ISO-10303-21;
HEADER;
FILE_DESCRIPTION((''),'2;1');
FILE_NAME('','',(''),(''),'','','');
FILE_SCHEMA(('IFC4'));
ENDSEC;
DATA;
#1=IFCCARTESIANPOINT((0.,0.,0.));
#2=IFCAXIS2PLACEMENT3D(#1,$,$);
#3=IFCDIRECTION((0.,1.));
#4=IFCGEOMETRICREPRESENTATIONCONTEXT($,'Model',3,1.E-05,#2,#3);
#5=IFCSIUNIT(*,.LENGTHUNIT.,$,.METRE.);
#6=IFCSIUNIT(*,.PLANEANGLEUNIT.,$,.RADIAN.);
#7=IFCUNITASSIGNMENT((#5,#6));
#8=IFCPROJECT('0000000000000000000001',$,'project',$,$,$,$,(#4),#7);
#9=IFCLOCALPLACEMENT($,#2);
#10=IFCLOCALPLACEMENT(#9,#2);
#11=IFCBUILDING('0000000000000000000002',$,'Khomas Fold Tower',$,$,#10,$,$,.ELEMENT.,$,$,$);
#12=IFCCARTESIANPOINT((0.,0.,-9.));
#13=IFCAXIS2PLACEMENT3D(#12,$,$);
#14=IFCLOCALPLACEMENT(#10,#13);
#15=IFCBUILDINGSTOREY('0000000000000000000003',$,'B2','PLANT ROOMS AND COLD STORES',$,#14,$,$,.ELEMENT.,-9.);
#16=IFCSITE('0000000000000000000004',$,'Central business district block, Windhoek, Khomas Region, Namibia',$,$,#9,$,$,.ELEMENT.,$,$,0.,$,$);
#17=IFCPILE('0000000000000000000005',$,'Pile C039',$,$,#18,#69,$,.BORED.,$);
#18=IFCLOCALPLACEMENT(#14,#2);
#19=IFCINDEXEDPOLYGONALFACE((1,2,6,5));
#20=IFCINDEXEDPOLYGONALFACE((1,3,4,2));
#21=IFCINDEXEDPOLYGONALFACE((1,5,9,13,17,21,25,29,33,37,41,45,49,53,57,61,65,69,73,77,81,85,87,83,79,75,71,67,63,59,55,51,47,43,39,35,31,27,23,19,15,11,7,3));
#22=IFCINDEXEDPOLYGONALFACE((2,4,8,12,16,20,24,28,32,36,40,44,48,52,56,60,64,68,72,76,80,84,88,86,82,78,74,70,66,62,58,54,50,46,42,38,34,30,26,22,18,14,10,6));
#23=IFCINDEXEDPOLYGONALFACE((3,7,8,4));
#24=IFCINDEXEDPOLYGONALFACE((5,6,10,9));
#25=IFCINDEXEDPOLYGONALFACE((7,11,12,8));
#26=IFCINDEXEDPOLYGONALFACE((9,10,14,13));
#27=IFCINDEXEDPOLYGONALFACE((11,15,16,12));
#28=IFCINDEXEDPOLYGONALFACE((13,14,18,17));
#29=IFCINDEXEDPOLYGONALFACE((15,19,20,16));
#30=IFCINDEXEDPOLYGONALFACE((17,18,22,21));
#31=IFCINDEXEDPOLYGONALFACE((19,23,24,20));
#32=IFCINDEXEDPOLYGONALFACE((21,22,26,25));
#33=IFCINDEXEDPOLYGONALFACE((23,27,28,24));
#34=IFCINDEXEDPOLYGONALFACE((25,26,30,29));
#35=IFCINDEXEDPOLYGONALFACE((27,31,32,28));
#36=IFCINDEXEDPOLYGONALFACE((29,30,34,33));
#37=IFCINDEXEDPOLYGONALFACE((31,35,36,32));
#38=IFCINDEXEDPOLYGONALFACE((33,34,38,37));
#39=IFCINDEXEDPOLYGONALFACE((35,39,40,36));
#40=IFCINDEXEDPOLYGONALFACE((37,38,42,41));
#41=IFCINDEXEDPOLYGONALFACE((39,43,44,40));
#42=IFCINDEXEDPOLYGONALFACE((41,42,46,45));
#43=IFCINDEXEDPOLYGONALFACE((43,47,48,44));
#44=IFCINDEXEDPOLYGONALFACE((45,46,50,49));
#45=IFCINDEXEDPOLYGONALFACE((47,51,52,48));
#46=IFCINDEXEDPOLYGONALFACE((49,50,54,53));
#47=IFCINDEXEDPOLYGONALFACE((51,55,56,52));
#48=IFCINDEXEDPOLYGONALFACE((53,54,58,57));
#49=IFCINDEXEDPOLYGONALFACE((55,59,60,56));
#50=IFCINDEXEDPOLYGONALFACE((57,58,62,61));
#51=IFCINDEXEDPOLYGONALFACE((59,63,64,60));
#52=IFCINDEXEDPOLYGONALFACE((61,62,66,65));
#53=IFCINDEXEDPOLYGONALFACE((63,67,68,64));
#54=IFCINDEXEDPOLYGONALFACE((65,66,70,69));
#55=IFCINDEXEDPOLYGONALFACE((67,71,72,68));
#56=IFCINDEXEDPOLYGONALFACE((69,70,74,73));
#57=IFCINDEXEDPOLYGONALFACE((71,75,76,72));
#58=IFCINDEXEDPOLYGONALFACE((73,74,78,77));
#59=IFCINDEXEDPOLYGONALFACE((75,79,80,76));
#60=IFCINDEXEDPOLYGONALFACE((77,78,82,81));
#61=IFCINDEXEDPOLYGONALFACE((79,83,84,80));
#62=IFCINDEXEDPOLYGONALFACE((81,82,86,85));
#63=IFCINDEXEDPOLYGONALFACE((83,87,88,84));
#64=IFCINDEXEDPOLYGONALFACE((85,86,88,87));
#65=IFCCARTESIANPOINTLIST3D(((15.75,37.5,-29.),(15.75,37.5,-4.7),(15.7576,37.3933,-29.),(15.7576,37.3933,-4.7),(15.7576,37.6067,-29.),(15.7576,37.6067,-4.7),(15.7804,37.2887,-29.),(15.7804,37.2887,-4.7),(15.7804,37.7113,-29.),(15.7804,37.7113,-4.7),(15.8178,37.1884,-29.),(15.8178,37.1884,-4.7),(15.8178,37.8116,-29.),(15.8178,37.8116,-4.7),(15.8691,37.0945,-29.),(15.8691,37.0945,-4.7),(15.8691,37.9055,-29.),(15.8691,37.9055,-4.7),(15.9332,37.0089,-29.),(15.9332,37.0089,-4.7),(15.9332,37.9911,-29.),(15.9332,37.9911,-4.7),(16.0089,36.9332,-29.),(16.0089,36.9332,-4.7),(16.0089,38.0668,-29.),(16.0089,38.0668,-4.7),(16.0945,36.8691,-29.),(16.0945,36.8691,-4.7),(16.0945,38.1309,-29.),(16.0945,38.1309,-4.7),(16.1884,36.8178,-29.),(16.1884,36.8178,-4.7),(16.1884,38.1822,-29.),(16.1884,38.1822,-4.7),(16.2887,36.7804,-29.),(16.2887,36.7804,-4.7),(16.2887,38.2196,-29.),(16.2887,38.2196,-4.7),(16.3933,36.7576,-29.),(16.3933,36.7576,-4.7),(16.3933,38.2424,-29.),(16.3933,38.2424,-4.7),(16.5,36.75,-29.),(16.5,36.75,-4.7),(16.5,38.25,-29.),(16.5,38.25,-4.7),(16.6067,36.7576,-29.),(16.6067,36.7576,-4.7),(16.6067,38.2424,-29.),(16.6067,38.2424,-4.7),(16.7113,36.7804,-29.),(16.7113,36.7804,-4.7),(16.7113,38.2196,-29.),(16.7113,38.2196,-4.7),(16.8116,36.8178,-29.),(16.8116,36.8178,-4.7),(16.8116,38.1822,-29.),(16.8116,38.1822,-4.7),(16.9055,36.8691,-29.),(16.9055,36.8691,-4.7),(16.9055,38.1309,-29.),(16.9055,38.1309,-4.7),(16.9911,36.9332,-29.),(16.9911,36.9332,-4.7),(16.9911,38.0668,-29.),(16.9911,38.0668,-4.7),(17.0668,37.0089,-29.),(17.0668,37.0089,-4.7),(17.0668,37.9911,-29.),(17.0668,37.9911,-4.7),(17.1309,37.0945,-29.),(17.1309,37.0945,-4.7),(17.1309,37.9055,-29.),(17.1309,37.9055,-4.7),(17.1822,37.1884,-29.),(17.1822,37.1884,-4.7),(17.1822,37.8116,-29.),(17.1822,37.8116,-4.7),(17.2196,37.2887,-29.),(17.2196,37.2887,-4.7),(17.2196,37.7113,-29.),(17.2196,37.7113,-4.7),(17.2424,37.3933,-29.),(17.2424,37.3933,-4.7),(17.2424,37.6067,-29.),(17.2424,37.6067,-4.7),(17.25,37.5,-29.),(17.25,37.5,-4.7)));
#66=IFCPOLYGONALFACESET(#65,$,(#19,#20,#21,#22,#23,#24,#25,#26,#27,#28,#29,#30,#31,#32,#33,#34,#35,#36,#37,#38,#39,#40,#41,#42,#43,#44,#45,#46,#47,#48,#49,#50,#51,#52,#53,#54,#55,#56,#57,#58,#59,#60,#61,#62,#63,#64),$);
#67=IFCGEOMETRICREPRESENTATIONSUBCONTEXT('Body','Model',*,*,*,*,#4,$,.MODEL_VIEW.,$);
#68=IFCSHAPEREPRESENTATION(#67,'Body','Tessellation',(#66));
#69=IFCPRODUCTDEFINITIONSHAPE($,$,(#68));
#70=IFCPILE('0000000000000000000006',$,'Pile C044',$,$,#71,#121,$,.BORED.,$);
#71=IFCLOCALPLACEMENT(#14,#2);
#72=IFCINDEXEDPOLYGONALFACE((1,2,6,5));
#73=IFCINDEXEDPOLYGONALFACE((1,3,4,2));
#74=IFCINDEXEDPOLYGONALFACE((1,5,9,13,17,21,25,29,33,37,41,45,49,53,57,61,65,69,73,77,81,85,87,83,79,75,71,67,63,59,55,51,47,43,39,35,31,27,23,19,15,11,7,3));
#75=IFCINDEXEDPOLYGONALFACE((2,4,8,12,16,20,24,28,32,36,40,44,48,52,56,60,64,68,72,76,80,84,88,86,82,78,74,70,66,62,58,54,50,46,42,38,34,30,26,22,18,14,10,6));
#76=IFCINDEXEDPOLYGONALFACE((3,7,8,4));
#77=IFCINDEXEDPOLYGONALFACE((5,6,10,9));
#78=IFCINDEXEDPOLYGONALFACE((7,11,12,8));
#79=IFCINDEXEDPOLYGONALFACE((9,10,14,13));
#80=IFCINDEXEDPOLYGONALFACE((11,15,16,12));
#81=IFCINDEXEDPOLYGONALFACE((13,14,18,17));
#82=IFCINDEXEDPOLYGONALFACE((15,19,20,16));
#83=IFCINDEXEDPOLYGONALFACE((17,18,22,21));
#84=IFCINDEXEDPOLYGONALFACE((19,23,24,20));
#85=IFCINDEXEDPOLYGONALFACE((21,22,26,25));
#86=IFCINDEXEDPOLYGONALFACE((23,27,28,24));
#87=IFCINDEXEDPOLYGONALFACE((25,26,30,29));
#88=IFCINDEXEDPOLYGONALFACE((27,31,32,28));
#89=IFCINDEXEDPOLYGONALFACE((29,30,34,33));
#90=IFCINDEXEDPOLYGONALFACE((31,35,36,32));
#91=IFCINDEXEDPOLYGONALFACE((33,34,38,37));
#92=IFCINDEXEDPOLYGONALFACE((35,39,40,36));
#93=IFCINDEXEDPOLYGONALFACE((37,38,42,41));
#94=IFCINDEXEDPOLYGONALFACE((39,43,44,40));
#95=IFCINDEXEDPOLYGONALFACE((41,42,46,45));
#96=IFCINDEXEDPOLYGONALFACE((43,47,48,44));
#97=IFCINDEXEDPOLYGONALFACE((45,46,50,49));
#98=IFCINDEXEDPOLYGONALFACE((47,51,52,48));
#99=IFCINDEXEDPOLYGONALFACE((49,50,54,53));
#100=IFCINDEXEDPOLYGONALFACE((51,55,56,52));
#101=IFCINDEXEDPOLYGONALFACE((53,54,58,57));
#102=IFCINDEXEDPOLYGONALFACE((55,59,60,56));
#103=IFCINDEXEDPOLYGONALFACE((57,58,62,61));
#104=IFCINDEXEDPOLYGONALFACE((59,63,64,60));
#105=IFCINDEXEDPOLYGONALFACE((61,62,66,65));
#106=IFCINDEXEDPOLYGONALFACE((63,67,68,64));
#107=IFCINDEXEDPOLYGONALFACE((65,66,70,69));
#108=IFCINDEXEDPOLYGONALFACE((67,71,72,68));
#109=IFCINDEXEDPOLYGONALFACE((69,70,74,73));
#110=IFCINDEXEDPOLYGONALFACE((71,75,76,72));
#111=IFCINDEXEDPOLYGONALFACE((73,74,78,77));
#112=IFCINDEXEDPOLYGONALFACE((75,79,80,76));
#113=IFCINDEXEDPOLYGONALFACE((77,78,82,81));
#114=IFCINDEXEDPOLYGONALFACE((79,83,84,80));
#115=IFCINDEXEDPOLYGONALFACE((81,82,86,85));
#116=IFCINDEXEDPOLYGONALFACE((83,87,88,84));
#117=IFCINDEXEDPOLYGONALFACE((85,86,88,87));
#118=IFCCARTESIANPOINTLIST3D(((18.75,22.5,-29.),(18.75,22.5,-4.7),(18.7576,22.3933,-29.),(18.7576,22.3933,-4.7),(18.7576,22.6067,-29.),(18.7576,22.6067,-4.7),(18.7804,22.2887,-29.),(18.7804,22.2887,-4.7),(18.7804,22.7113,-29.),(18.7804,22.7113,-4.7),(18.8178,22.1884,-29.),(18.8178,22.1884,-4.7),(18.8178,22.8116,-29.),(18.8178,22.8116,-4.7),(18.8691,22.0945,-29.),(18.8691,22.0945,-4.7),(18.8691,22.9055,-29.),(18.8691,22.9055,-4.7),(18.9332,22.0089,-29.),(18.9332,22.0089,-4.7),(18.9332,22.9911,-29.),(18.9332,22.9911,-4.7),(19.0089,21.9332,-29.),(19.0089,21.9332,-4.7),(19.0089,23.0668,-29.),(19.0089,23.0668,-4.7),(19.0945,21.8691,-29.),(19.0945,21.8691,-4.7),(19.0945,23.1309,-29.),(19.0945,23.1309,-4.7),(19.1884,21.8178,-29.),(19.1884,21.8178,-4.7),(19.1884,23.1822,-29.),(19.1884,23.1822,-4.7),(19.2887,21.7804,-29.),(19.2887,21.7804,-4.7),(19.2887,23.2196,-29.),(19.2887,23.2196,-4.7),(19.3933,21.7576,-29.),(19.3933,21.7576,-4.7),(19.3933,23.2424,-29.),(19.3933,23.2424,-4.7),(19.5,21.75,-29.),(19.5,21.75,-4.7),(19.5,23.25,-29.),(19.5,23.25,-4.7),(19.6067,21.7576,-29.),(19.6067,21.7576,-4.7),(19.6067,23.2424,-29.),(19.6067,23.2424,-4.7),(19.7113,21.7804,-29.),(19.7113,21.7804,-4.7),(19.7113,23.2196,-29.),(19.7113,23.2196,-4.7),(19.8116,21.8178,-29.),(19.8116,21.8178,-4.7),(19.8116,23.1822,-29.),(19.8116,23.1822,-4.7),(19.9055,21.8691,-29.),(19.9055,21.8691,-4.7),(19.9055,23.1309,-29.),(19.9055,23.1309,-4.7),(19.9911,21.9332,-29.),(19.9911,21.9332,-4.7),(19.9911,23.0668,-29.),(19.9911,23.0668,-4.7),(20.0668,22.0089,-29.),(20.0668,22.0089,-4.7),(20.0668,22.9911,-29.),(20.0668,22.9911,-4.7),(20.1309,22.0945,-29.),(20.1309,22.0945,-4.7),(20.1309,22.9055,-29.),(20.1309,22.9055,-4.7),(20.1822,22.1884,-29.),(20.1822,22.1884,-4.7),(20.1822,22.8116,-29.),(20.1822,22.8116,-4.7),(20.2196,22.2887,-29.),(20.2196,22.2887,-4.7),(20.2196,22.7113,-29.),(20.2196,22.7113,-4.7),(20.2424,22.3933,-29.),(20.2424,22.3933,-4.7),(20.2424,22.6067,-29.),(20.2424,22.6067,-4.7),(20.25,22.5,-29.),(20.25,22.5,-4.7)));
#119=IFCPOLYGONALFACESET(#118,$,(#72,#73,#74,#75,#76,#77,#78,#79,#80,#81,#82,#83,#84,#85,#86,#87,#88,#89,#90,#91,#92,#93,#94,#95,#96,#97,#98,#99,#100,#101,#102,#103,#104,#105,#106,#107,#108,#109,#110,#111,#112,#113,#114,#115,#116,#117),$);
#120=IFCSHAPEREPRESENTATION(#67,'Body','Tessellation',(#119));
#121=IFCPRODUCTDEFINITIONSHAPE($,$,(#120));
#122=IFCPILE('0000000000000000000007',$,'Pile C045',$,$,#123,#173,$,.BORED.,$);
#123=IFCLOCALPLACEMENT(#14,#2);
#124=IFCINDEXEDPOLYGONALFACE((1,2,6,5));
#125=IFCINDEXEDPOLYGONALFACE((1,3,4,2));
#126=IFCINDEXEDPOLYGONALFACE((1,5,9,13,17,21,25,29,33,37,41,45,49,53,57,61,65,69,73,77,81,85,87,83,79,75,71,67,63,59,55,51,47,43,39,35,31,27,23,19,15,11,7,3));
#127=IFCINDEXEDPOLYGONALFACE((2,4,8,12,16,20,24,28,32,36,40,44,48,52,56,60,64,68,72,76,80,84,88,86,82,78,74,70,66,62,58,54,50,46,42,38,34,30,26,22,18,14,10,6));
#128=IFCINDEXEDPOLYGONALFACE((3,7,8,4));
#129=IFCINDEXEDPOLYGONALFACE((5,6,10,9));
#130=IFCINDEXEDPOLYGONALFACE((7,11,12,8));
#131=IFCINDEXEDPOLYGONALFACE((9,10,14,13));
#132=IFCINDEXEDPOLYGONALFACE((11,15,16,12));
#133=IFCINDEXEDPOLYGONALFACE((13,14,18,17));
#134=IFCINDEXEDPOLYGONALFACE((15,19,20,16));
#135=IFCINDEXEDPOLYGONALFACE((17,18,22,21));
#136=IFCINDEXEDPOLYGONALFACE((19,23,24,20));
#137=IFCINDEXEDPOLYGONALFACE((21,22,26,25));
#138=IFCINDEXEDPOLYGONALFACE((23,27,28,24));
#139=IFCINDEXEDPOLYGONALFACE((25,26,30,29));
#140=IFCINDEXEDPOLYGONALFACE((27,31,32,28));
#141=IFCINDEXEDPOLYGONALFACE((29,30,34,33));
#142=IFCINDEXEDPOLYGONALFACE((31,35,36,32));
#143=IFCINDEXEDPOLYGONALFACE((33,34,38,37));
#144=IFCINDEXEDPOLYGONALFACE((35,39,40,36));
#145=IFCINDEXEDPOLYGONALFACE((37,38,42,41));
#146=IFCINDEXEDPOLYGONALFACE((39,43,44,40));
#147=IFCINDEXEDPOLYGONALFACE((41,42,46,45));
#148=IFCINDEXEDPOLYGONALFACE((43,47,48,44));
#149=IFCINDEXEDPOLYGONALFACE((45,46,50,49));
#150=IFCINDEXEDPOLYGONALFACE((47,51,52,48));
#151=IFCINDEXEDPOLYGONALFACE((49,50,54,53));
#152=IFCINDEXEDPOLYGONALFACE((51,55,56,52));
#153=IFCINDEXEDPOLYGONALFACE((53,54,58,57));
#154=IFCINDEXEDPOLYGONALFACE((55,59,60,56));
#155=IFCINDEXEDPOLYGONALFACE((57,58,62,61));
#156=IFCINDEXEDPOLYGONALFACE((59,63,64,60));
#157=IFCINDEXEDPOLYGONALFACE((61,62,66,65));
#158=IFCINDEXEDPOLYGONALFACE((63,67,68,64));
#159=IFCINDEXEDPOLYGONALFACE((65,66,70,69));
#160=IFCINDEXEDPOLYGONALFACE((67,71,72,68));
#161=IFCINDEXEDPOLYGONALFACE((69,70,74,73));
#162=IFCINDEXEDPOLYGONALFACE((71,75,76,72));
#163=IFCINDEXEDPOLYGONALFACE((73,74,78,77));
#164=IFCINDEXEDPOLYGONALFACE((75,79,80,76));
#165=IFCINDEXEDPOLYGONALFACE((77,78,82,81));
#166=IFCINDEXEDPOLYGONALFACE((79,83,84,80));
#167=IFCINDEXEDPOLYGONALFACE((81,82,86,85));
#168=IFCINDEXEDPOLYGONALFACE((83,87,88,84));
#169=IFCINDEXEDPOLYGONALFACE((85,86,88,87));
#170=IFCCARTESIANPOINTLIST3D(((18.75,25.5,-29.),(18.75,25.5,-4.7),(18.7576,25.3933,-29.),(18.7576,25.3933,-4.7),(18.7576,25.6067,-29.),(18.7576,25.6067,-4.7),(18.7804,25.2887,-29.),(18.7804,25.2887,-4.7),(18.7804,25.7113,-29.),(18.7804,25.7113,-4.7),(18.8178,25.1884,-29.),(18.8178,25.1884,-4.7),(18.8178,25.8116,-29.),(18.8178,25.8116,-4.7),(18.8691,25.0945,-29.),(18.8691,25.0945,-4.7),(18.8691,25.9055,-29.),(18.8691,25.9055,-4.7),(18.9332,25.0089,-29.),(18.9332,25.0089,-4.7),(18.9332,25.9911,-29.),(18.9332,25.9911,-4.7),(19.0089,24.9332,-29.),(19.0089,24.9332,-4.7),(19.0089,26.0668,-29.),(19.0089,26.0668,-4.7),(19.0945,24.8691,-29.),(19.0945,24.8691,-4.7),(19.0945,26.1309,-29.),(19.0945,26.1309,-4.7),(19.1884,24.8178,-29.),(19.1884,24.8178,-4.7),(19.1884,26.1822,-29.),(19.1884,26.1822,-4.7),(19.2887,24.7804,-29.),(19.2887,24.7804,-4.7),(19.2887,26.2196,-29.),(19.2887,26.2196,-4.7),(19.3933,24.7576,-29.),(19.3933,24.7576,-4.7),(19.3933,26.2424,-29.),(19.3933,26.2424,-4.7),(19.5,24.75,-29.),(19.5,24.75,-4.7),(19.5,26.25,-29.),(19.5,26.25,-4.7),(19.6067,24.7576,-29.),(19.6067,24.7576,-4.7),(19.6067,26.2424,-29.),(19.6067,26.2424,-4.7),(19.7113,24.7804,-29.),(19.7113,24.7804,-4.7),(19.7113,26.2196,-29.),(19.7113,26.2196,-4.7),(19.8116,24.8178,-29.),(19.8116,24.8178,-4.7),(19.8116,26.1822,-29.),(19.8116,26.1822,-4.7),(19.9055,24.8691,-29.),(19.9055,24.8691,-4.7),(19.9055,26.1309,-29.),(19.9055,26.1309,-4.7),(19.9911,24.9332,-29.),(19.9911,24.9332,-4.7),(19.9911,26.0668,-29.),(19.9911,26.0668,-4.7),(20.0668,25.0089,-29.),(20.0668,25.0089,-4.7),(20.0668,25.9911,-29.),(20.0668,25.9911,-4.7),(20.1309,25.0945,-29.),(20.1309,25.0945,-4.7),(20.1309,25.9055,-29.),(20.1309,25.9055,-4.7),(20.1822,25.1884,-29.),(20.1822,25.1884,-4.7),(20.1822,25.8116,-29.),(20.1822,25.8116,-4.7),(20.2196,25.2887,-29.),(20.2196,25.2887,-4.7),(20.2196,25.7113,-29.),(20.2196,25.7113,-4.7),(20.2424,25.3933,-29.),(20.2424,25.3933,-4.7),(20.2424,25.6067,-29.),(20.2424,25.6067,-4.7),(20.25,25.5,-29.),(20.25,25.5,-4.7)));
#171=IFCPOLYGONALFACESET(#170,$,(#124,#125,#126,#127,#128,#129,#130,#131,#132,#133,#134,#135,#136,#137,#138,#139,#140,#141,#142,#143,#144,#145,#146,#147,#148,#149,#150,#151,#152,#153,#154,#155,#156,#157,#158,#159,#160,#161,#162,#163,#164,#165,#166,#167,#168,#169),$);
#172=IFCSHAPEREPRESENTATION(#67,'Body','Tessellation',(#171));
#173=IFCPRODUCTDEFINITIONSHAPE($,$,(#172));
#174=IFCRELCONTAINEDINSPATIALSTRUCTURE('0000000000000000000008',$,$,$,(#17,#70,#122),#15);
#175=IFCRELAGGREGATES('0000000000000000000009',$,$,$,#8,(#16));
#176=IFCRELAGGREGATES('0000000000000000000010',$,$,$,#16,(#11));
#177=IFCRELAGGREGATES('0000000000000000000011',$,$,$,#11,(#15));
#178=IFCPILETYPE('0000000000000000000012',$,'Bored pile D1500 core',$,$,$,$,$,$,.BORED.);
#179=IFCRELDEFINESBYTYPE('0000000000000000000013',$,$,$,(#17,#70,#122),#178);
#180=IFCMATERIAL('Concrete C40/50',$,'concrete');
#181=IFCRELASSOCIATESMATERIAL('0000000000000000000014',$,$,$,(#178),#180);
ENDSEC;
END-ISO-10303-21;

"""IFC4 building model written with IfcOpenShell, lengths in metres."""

from ifc_helpers import new_model, si_unit, direction, frame, origin, origin_2d, place, context, subcontext, project, spatial, circle, extrude, source, transform, mapped, material, material_profile, profile_set, type_object, element, save


model = new_model("IFC4")

# Units and contexts
model_context = context("Model", 3, precision=1e-05, world=origin(), true_north=direction((0.0, 1.0)))
body_context = subcontext(model_context, "Body", "Model", "MODEL_VIEW")
ifc_project = project(units=[si_unit("LENGTHUNIT", "METRE"), si_unit("PLANEANGLEUNIT", "RADIAN")], contexts=[model_context])

# Site, building, storey
site_placement = place(None, origin())
site = spatial("IfcSite", under=ifc_project, at=site_placement, Name="Central business district block, Windhoek, Khomas Region, Namibia", CompositionType="ELEMENT", RefElevation=0.0)
building_placement = place(site_placement, origin())
building = spatial("IfcBuilding", under=site, at=building_placement, Name="Khomas Fold Tower", CompositionType="ELEMENT")
storey_placement = place(building_placement, frame((0.0, 0.0, -9.0)))
storey = spatial("IfcBuildingStorey", under=building, at=storey_placement, Name="B2", Description="PLANT ROOMS AND COLD STORES", CompositionType="ELEMENT", Elevation=-9.0)

# Piles
ifc_material_1 = material(Name="Concrete C40/50", Category="concrete")
ifc_material_profile = material_profile(ifc_material_1, circle(Radius=0.75, at=origin_2d()), Name="PILE D1500")
ifc_profile_set = profile_set([ifc_material_profile], Name="Concrete C40/50")
pile_type = type_object("IfcPileType", Name="Bored pile D1500 core", PredefinedType="BORED", material=ifc_profile_set)
shared_shape_1 = source(origin(), body_context, "Body", "SweptSolid", [
    extrude(circle(Radius=0.75, at=origin_2d()), origin(), (0.0, 0.0, 1.0), 24.3),
])
for number, where, z_axis, x_axis, name in (
    (1, (16.5, 37.5, -4.7), (0.0, 0.0, -1.0), (1.0, 0.0, 0.0), "Pile C039"),
    (2, (19.5, 22.5, -4.7), (0.0, 0.0, -1.0), (1.0, 0.0, 0.0), "Pile C044"),
    (3, (19.5, 25.5, -4.7), (0.0, 0.0, -1.0), (1.0, 0.0, 0.0), "Pile C045"),
):
    element("IfcPile", number, at=place(storey_placement, frame(where, z_axis=z_axis, x_axis=x_axis)), inside=storey, type_object=pile_type, Name=name, PredefinedType="BORED", context=body_context, shape_type="MappedRepresentation", body=[
        mapped(shared_shape_1, transform((0.0, 0.0, 0.0))),
    ])

save(model, "model.ifc")
